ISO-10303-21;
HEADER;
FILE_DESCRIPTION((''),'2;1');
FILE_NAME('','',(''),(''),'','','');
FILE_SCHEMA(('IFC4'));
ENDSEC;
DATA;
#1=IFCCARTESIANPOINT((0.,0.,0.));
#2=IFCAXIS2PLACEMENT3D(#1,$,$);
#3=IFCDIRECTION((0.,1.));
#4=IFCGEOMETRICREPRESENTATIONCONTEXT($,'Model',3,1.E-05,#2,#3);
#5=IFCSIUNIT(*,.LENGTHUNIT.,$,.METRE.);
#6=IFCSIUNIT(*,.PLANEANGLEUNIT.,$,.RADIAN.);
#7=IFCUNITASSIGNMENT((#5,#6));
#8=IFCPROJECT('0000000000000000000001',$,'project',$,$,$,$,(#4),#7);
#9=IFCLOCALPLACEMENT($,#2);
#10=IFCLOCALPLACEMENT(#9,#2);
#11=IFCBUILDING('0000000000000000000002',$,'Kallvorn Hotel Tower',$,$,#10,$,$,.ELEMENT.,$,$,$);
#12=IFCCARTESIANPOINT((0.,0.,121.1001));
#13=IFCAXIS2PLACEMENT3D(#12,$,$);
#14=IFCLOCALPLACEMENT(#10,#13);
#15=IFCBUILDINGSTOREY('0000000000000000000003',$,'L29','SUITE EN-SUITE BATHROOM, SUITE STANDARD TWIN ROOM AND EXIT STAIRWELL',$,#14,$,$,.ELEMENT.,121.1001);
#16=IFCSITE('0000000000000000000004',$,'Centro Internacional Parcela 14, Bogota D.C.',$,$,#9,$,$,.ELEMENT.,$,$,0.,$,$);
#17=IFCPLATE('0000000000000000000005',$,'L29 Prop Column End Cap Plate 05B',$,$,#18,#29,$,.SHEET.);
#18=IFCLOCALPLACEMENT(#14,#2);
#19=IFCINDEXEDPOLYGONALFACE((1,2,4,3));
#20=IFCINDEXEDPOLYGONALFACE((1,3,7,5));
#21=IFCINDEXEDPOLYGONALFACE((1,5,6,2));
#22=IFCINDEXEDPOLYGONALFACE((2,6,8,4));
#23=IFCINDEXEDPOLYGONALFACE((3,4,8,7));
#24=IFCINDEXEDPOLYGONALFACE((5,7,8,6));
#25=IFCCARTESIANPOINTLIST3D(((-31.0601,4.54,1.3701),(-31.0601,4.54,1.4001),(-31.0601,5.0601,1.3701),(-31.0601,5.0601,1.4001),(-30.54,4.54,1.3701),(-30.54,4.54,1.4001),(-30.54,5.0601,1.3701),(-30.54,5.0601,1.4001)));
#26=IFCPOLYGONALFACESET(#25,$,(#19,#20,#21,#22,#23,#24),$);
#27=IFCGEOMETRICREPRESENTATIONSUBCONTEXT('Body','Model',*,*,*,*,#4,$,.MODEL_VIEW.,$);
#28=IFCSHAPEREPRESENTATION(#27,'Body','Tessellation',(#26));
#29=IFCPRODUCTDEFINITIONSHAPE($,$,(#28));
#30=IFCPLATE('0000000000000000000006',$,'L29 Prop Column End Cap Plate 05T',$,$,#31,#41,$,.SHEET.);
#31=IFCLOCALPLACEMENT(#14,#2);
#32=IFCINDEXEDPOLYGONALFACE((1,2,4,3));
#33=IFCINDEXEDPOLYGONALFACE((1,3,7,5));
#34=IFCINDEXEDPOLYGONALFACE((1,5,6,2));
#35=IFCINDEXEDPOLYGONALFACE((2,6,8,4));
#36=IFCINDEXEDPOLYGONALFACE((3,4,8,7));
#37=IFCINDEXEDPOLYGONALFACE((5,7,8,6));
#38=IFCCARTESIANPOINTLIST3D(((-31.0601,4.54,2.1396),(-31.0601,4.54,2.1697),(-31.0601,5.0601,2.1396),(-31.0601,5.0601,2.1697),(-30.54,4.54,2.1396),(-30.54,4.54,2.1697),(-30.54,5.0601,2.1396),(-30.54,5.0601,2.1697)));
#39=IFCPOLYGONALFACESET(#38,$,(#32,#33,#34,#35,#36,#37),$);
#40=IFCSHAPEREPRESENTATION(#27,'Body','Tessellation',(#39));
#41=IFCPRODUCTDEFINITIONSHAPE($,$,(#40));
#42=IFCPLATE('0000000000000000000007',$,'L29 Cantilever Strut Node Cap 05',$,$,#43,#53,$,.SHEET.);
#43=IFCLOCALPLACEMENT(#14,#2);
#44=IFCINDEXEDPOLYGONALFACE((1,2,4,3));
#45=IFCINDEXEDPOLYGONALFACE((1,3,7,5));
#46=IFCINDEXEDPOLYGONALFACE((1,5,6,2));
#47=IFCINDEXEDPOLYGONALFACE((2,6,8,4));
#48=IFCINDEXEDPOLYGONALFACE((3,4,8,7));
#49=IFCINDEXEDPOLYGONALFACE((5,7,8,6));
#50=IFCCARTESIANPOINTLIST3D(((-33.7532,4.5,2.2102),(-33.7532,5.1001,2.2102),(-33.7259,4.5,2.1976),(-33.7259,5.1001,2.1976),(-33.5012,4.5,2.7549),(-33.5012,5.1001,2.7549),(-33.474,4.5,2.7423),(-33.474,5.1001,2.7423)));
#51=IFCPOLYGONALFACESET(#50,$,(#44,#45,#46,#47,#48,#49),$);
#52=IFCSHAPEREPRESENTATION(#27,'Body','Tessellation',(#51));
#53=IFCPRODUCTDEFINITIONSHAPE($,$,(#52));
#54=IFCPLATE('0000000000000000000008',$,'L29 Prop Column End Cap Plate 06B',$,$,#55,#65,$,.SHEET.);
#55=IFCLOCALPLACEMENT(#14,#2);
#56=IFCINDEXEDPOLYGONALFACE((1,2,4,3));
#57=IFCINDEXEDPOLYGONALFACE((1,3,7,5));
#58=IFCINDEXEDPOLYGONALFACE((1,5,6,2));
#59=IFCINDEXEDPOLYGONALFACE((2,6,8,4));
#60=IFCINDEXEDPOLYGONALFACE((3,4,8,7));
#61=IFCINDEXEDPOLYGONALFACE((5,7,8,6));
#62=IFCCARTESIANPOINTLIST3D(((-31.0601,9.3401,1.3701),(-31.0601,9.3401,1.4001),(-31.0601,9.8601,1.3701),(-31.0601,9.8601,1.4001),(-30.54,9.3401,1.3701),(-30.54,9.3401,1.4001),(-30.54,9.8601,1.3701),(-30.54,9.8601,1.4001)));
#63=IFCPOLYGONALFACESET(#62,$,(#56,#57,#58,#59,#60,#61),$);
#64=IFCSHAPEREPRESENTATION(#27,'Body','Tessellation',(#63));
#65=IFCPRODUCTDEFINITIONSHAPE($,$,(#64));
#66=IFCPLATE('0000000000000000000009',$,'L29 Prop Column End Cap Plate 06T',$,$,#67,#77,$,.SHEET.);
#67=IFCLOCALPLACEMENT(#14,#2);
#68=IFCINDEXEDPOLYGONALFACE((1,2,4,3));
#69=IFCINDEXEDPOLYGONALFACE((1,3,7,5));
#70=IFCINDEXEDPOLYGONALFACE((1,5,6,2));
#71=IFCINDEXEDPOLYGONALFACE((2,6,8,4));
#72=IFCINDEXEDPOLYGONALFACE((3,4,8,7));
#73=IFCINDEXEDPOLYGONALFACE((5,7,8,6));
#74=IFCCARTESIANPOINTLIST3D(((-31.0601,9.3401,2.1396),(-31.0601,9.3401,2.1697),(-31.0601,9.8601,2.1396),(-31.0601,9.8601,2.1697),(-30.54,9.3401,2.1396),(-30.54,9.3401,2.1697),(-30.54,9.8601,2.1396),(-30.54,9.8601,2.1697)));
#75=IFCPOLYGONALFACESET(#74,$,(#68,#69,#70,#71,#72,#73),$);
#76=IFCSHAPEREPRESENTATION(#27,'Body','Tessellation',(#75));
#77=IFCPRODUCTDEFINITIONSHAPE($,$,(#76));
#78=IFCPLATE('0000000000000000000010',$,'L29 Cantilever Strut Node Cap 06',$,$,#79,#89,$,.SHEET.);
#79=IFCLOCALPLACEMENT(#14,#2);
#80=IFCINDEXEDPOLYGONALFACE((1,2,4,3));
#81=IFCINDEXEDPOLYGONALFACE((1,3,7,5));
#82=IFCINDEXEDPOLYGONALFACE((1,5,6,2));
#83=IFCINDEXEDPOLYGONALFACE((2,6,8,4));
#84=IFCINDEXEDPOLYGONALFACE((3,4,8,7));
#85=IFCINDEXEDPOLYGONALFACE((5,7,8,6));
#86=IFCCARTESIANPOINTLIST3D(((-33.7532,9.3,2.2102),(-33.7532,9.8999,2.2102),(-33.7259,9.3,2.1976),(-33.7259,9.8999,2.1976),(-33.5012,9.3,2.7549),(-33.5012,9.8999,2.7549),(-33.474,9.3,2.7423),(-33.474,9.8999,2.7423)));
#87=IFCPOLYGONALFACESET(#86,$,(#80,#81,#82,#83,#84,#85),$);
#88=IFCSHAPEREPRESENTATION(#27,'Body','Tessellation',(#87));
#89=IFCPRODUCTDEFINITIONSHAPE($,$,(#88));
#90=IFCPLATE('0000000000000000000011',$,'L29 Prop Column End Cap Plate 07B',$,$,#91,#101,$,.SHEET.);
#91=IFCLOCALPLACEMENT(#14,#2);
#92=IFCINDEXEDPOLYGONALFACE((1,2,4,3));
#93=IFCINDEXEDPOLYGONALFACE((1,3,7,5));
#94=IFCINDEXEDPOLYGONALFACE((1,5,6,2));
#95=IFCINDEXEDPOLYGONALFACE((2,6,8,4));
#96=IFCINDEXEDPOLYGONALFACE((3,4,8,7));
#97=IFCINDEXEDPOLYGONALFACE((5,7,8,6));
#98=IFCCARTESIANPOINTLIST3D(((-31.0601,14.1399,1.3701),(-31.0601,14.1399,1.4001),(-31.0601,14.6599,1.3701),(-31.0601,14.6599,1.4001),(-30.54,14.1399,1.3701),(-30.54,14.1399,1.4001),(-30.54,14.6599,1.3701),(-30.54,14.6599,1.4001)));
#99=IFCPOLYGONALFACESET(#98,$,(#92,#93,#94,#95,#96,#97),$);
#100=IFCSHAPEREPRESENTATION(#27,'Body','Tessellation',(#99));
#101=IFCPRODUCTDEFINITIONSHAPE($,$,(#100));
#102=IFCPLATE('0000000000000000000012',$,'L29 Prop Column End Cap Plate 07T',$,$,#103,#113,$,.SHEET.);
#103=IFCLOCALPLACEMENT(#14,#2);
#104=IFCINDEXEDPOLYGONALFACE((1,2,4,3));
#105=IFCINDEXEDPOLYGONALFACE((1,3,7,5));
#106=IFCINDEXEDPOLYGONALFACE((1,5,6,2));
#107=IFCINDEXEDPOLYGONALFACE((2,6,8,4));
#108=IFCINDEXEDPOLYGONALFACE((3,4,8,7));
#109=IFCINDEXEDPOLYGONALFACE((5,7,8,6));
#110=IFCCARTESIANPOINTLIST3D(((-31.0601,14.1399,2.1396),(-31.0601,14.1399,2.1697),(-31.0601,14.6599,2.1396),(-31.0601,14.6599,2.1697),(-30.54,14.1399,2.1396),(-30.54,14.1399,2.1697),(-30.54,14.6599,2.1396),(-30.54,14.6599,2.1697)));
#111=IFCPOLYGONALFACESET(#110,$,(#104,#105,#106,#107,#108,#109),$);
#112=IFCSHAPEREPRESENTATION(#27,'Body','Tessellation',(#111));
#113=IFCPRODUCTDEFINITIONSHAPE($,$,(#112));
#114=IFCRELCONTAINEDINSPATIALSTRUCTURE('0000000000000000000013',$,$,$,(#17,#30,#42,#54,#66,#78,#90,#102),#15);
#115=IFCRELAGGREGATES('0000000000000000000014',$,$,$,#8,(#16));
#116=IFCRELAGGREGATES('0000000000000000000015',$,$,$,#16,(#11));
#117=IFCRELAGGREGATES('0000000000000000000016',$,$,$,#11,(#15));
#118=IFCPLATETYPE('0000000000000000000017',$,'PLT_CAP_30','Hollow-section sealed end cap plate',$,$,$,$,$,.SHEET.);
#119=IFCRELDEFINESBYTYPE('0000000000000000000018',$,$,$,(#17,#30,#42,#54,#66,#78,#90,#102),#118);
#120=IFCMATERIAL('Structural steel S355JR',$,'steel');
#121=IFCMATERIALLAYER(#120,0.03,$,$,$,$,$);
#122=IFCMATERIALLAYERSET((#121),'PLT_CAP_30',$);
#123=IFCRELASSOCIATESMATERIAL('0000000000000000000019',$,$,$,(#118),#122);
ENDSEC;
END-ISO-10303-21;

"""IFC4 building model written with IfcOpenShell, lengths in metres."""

from ifc_helpers import new_model, si_unit, direction, frame, origin, origin_2d, place, context, subcontext, project, spatial, polyline, rectangle, outline, extrude, material, layer, layer_set, type_object, element, save


model = new_model("IFC4")

# Units and contexts
model_context = context("Model", 3, precision=1e-05, world=origin(), true_north=direction((0.0, 1.0)))
body_context = subcontext(model_context, "Body", "Model", "MODEL_VIEW")
ifc_project = project(units=[si_unit("LENGTHUNIT", "METRE"), si_unit("PLANEANGLEUNIT", "RADIAN")], contexts=[model_context])

# Site, building, storey
site_placement = place(None, origin())
site = spatial("IfcSite", under=ifc_project, at=site_placement, Name="Centro Internacional Parcela 14, Bogota D.C.", CompositionType="ELEMENT", RefElevation=0.0)
building_placement = place(site_placement, origin())
building = spatial("IfcBuilding", under=site, at=building_placement, Name="Kallvorn Hotel Tower", CompositionType="ELEMENT")
storey_placement = place(building_placement, frame((0.0, 0.0, 121.1001)))
storey = spatial("IfcBuildingStorey", under=building, at=storey_placement, Name="L29", Description="SUITE EN-SUITE BATHROOM, SUITE STANDARD TWIN ROOM AND EXIT STAIRWELL", CompositionType="ELEMENT", Elevation=121.1001)

# Plates
ifc_material_1 = material(Name="Structural steel S355JR", Category="steel")
ifc_layer = layer(ifc_material_1, 0.03)
ifc_layer_set = layer_set([ifc_layer], Name="PLT_CAP_30")
plate_type = type_object("IfcPlateType", Name="PLT_CAP_30", Description="Hollow-section sealed end cap plate", PredefinedType="SHEET", material=ifc_layer_set)
for number, where, z_axis, x_axis, name in (
    (1, (-30.8, 4.8, 1.3701), (0.0, 0.0, 1.0), (1.0, 0.0, 0.0), "L29 Prop Column End Cap Plate 05B"),
    (2, (-30.8, 4.8, 2.1396), (0.0, 0.0, 1.0), (1.0, 0.0, 0.0), "L29 Prop Column End Cap Plate 05T"),
):
    element("IfcPlate", number, at=place(storey_placement, frame(where, z_axis=z_axis, x_axis=x_axis)), inside=storey, type_object=plate_type, Name=name, PredefinedType="SHEET", context=body_context, shape_type="SweptSolid", body=[
        extrude(rectangle(XDim=0.52, YDim=0.52, at=origin_2d()), origin(), (0.0, 0.0, 1.0), 0.03),
    ])
plate_1_placement = place(storey_placement, frame((-33.7532, 5.1001, 2.2102), z_axis=(-0.907602, 0.0, 0.419832), x_axis=(0.0, -1.0, 0.0)))
element("IfcPlate", 3, at=plate_1_placement, inside=storey, type_object=plate_type, Name="L29 Cantilever Strut Node Cap 05", PredefinedType="SHEET", context=body_context, shape_type="SweptSolid", body=[
    extrude(outline(polyline([(0.0, 0.0), (0.6001, 0.0), (0.6001, 0.6001), (0.0, 0.6001), (0.0, 0.0)])), origin(), (0.0, 0.0, -1.0), 0.03),
])
for number, where, z_axis, x_axis, name in (
    (4, (-30.8, 9.6001, 1.3701), (0.0, 0.0, 1.0), (1.0, 0.0, 0.0), "L29 Prop Column End Cap Plate 06B"),
    (5, (-30.8, 9.6001, 2.1396), (0.0, 0.0, 1.0), (1.0, 0.0, 0.0), "L29 Prop Column End Cap Plate 06T"),
):
    element("IfcPlate", number, at=place(storey_placement, frame(where, z_axis=z_axis, x_axis=x_axis)), inside=storey, type_object=plate_type, Name=name, PredefinedType="SHEET", context=body_context, shape_type="SweptSolid", body=[
        extrude(rectangle(XDim=0.52, YDim=0.52, at=origin_2d()), origin(), (0.0, 0.0, 1.0), 0.03),
    ])
plate_2_placement = place(storey_placement, frame((-33.7532, 9.8999, 2.2102), z_axis=(-0.907602, 0.0, 0.419832), x_axis=(0.0, -1.0, 0.0)))
element("IfcPlate", 6, at=plate_2_placement, inside=storey, type_object=plate_type, Name="L29 Cantilever Strut Node Cap 06", PredefinedType="SHEET", context=body_context, shape_type="SweptSolid", body=[
    extrude(outline(polyline([(0.0, 0.0), (0.5999, 0.0), (0.5999, 0.6001), (0.0, 0.6001), (0.0, 0.0)])), origin(), (0.0, 0.0, -1.0), 0.03),
])
for number, where, z_axis, x_axis, name in (
    (7, (-30.8, 14.3999, 1.3701), (0.0, 0.0, 1.0), (1.0, 0.0, 0.0), "L29 Prop Column End Cap Plate 07B"),
    (8, (-30.8, 14.3999, 2.1396), (0.0, 0.0, 1.0), (1.0, 0.0, 0.0), "L29 Prop Column End Cap Plate 07T"),
):
    element("IfcPlate", number, at=place(storey_placement, frame(where, z_axis=z_axis, x_axis=x_axis)), inside=storey, type_object=plate_type, Name=name, PredefinedType="SHEET", context=body_context, shape_type="SweptSolid", body=[
        extrude(rectangle(XDim=0.52, YDim=0.52, at=origin_2d()), origin(), (0.0, 0.0, 1.0), 0.03),
    ])

save(model, "model.ifc")
